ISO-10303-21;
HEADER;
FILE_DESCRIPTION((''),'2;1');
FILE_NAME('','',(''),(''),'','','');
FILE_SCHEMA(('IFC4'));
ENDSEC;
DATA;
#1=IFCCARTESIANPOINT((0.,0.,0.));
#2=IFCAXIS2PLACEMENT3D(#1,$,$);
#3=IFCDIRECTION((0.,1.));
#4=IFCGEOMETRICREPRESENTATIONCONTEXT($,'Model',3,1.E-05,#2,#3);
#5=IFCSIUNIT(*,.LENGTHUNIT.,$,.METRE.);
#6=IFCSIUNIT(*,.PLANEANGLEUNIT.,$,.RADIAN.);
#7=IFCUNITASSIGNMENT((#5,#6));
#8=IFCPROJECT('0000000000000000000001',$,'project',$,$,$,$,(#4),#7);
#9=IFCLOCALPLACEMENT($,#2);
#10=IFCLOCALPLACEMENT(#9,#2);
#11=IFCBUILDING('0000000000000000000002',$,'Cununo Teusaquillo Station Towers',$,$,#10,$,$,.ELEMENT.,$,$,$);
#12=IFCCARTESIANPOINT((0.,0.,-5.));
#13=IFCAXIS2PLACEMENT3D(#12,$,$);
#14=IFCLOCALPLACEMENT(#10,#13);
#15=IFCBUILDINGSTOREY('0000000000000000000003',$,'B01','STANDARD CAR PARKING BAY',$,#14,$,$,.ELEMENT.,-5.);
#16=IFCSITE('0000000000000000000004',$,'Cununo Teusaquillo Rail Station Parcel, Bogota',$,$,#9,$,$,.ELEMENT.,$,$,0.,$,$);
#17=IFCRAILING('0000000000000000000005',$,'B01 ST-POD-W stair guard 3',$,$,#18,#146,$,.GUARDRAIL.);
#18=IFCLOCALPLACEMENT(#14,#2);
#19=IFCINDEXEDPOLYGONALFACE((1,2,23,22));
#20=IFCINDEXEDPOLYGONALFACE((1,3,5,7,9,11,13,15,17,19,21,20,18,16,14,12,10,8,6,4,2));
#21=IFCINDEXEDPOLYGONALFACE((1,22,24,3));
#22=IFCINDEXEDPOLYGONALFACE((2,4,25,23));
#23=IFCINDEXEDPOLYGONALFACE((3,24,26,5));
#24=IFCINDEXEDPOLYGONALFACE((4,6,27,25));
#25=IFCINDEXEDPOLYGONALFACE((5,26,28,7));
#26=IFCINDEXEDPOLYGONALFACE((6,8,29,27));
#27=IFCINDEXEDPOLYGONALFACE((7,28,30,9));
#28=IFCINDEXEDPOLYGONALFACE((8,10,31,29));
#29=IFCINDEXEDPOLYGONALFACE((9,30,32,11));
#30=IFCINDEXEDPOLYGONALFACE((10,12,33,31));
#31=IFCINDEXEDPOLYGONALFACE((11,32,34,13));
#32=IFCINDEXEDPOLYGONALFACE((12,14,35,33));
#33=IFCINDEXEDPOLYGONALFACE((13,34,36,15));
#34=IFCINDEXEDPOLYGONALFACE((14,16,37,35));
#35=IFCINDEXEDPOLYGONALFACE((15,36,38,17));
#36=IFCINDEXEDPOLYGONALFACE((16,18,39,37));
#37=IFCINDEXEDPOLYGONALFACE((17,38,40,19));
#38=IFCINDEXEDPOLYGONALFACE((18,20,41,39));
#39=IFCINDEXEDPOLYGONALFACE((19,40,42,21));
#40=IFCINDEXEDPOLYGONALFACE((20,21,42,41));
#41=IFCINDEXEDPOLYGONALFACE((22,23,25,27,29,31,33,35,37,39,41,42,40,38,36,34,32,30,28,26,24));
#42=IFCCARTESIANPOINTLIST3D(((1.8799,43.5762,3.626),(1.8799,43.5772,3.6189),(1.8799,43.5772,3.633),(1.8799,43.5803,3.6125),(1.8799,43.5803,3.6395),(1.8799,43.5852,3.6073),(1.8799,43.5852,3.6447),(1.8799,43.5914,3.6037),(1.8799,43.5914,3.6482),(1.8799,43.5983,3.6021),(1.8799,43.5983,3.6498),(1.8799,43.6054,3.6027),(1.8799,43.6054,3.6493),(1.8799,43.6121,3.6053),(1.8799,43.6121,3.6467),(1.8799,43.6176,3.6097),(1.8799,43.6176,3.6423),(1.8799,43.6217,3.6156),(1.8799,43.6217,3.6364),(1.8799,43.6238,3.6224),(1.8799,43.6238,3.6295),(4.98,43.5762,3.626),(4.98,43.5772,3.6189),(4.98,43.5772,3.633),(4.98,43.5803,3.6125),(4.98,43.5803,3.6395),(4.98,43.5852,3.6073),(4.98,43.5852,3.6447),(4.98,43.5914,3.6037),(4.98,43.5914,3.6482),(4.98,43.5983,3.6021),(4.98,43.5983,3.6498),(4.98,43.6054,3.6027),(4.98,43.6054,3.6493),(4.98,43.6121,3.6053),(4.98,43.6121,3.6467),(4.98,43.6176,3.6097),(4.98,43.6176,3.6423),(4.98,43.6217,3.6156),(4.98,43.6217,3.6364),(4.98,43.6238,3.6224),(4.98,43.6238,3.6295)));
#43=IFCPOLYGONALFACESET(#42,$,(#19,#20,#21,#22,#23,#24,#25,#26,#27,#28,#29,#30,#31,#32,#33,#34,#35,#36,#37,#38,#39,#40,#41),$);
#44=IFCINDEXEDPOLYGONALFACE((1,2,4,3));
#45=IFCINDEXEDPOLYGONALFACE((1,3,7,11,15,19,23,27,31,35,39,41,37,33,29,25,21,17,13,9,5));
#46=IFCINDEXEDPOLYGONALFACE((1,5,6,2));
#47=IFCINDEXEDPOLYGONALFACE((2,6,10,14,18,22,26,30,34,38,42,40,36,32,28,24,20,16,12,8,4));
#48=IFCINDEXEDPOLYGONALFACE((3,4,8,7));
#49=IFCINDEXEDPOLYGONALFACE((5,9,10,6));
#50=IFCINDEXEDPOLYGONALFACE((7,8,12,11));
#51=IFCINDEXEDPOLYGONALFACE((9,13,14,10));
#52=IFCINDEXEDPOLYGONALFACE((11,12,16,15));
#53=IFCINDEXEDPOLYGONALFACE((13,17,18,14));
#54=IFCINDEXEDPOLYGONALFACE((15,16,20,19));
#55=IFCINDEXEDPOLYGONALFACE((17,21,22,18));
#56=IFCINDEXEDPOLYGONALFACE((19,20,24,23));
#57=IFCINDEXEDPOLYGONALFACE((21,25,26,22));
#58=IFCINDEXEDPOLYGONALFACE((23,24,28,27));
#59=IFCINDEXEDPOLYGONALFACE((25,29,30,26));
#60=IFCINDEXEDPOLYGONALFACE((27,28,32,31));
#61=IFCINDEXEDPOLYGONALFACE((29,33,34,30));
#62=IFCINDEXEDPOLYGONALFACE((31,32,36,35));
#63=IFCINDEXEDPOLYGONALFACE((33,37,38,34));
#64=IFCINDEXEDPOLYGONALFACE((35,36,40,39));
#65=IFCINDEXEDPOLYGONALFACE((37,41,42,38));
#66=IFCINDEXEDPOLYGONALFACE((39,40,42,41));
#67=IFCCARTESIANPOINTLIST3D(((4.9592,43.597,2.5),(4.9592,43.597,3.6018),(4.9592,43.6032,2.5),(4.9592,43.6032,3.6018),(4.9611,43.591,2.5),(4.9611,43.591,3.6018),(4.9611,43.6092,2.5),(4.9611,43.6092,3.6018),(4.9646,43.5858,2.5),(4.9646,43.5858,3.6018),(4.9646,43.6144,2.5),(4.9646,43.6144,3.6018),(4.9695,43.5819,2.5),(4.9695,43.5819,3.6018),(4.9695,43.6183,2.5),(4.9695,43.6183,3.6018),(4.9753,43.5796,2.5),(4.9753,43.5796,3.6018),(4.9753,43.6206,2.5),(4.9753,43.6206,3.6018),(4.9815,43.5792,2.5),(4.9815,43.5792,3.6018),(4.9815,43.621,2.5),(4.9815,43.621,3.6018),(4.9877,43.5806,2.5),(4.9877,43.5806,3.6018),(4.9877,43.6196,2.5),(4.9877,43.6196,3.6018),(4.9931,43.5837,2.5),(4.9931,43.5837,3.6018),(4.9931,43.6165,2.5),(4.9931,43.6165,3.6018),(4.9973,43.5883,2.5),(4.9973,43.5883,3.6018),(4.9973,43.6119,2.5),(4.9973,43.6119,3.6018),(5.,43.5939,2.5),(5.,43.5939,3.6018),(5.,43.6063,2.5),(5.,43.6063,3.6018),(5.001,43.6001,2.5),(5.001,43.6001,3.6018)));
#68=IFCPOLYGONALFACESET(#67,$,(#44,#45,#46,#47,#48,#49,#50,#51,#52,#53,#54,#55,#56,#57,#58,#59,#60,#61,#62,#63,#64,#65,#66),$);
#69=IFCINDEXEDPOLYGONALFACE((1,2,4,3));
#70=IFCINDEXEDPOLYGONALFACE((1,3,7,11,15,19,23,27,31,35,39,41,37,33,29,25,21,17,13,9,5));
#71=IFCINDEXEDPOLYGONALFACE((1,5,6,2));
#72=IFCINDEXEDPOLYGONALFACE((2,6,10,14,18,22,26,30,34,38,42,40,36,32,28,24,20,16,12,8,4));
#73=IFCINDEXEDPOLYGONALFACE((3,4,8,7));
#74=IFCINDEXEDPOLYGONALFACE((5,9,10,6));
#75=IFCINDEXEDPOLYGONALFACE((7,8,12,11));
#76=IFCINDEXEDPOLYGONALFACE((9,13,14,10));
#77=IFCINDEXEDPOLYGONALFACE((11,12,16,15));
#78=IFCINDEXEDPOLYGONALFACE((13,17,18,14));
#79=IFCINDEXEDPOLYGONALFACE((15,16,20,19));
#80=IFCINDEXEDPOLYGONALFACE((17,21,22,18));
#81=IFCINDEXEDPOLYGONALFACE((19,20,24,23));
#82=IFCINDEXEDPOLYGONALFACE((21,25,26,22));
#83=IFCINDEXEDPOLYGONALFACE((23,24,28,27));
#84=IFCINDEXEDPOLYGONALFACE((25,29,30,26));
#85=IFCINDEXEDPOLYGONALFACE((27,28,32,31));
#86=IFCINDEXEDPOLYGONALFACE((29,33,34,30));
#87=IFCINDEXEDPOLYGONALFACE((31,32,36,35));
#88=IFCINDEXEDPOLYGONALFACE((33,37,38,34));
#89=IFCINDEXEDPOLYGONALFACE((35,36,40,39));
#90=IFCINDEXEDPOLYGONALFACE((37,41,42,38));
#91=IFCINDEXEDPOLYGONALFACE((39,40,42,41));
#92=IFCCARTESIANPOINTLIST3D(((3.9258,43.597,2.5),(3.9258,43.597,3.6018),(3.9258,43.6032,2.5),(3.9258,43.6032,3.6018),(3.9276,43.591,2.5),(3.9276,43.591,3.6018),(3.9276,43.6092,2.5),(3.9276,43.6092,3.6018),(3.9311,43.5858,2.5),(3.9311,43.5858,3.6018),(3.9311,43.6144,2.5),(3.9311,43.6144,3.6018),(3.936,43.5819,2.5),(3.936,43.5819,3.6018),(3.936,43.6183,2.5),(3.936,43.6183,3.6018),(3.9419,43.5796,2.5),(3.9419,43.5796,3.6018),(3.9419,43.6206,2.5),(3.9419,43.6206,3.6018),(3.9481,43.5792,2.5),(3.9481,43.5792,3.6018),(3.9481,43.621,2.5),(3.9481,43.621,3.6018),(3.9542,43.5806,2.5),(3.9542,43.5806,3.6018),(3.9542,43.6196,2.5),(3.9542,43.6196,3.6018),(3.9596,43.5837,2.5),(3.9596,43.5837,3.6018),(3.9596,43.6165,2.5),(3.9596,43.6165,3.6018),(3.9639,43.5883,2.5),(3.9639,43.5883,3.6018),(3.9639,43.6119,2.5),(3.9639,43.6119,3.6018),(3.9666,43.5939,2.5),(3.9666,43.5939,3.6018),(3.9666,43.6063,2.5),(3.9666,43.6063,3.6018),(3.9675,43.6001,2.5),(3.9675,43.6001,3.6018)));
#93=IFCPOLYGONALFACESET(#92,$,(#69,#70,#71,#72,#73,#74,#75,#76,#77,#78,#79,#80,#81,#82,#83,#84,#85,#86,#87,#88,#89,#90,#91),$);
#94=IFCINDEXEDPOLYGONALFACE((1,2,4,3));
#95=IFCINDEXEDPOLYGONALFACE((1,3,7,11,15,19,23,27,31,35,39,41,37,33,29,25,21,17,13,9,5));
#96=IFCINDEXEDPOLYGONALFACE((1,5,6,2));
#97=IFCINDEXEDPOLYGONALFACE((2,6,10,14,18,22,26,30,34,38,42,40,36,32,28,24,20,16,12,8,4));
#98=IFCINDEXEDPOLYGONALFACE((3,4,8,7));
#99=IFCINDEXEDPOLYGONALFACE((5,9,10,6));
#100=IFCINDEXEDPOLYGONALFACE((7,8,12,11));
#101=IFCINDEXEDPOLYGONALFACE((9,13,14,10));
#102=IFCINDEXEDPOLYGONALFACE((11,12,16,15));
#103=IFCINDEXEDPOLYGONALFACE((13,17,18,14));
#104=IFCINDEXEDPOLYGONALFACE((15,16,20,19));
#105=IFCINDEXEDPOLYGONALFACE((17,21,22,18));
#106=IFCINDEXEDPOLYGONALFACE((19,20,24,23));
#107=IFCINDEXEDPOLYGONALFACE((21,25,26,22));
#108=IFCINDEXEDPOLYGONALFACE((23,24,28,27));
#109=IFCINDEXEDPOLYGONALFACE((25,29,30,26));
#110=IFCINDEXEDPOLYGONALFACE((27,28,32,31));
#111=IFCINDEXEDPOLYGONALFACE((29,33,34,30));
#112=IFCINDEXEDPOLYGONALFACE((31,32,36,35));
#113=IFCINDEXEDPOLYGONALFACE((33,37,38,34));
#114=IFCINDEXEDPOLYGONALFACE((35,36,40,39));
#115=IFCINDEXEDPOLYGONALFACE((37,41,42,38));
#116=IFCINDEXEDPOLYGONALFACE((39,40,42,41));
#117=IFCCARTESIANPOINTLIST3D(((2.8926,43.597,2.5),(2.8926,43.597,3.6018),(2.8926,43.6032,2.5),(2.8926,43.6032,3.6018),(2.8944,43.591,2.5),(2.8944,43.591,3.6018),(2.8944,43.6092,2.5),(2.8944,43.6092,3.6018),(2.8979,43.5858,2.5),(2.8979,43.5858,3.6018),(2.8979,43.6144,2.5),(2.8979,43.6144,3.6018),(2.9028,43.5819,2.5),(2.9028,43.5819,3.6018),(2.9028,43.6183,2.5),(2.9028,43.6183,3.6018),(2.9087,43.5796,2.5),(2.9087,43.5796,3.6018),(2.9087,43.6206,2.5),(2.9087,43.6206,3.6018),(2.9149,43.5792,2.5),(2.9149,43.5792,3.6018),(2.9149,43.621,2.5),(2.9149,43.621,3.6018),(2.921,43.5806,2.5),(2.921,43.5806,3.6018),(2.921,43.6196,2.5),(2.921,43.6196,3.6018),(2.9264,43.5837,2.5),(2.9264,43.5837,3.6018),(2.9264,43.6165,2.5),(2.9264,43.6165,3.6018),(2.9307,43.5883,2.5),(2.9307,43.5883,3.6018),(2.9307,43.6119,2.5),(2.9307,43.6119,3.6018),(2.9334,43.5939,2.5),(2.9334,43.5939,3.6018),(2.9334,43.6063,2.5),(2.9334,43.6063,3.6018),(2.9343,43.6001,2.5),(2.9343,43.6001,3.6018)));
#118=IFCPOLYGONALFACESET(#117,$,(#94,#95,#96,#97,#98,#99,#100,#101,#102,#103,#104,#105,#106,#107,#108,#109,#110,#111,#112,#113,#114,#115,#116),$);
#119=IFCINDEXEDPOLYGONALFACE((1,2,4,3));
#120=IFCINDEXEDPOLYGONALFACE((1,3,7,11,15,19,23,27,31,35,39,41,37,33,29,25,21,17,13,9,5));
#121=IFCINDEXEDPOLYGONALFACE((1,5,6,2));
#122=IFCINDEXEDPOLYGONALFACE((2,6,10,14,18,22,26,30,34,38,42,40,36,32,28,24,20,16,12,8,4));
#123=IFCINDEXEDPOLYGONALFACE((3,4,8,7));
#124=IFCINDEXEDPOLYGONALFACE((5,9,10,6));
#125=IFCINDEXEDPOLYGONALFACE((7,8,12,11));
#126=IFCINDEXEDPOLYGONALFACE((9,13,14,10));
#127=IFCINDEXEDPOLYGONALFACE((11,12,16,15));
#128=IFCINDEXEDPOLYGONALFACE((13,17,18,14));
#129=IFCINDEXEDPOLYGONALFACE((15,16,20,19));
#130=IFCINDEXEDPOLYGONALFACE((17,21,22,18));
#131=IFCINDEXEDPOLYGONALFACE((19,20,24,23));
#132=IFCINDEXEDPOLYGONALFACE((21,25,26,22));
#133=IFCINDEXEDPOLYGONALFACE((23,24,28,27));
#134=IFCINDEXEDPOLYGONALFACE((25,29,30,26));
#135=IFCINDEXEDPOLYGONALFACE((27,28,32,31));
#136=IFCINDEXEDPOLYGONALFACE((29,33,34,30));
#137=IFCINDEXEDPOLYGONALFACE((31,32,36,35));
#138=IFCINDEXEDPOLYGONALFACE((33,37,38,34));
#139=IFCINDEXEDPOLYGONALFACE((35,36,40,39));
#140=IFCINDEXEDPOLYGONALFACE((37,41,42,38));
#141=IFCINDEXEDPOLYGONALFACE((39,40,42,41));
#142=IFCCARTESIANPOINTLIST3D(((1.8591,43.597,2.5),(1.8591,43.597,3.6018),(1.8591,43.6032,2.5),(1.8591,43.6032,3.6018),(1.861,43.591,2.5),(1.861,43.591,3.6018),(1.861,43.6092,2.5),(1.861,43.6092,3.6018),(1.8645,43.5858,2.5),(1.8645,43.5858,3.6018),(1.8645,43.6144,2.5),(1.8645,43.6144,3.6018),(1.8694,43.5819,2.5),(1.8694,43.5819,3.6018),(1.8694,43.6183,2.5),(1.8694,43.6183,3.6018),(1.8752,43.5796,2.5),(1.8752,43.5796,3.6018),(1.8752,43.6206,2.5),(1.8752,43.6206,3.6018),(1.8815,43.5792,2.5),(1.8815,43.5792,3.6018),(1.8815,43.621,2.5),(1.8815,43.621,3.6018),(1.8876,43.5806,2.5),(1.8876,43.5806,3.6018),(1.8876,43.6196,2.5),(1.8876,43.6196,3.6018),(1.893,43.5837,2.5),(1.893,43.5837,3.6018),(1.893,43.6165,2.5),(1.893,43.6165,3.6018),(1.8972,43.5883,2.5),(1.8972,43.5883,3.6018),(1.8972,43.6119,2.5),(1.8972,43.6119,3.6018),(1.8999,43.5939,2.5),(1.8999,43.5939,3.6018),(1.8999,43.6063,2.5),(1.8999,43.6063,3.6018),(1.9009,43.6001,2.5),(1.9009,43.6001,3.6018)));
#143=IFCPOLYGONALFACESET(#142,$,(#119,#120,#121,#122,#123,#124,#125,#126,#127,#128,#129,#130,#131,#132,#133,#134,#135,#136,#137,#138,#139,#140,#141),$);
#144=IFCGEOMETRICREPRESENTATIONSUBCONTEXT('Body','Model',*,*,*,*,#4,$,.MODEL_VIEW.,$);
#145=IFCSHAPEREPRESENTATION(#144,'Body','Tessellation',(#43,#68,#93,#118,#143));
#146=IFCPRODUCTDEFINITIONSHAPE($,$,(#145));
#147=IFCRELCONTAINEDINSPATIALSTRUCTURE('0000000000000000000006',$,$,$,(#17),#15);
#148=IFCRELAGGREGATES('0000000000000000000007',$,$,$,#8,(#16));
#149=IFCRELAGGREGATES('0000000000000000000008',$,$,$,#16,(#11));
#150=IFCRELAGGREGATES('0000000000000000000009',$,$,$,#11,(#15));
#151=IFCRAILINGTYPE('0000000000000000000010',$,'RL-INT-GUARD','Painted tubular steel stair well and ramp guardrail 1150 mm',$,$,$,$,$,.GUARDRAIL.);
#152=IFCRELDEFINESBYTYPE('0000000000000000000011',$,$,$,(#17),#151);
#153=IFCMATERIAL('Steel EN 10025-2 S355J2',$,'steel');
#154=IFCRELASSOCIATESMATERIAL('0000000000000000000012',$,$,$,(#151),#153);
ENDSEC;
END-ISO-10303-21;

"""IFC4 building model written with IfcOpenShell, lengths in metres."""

from ifc_helpers import new_model, si_unit, direction, frame, origin, origin_2d, place, context, subcontext, project, spatial, circle, extrude, material, type_object, element, save


model = new_model("IFC4")

# Units and contexts
model_context = context("Model", 3, precision=1e-05, world=origin(), true_north=direction((0.0, 1.0)))
body_context = subcontext(model_context, "Body", "Model", "MODEL_VIEW")
ifc_project = project(units=[si_unit("LENGTHUNIT", "METRE"), si_unit("PLANEANGLEUNIT", "RADIAN")], contexts=[model_context])

# Site, building, storey
site_placement = place(None, origin())
site = spatial("IfcSite", under=ifc_project, at=site_placement, Name="Cununo Teusaquillo Rail Station Parcel, Bogota", CompositionType="ELEMENT", RefElevation=0.0)
building_placement = place(site_placement, origin())
building = spatial("IfcBuilding", under=site, at=building_placement, Name="Cununo Teusaquillo Station Towers", CompositionType="ELEMENT")
storey_placement = place(building_placement, frame((0.0, 0.0, -5.0)))
storey = spatial("IfcBuildingStorey", under=building, at=storey_placement, Name="B01", Description="STANDARD CAR PARKING BAY", CompositionType="ELEMENT", Elevation=-5.0)

# Railing
ifc_material_1 = material(Name="Steel EN 10025-2 S355J2", Category="steel")
railing_type_1 = type_object("IfcRailingType", Name="RL-INT-GUARD", Description="Painted tubular steel stair well and ramp guardrail 1150 mm", PredefinedType="GUARDRAIL", material=ifc_material_1)
railing_1_placement = place(storey_placement, frame((4.98, 43.6001, 2.5)))
element("IfcRailing", 1, at=railing_1_placement, inside=storey, type_object=railing_type_1, Name="B01 ST-POD-W stair guard 3", PredefinedType="GUARDRAIL", context=body_context, shape_type="SweptSolid", body=[
    extrude(circle(Radius=0.0239, at=origin_2d()), frame((0.0, 0.0, 1.126), z_axis=(-1.0, 0.0, 0.0), x_axis=(0.0, -1.0, 0.0)), (0.0, 0.0, 1.0), 3.1001),
    extrude(circle(Radius=0.021, at=origin_2d()), origin(), (0.0, 0.0, 1.0), 1.1018),
    extrude(circle(Radius=0.021, at=origin_2d()), frame((-1.0334, 0.0, 0.0)), (0.0, 0.0, 1.0), 1.1018),
    extrude(circle(Radius=0.021, at=origin_2d()), frame((-2.0667, 0.0, 0.0)), (0.0, 0.0, 1.0), 1.1018),
    extrude(circle(Radius=0.021, at=origin_2d()), frame((-3.1001, 0.0, 0.0)), (0.0, 0.0, 1.0), 1.1018),
])

save(model, "model.ifc")
